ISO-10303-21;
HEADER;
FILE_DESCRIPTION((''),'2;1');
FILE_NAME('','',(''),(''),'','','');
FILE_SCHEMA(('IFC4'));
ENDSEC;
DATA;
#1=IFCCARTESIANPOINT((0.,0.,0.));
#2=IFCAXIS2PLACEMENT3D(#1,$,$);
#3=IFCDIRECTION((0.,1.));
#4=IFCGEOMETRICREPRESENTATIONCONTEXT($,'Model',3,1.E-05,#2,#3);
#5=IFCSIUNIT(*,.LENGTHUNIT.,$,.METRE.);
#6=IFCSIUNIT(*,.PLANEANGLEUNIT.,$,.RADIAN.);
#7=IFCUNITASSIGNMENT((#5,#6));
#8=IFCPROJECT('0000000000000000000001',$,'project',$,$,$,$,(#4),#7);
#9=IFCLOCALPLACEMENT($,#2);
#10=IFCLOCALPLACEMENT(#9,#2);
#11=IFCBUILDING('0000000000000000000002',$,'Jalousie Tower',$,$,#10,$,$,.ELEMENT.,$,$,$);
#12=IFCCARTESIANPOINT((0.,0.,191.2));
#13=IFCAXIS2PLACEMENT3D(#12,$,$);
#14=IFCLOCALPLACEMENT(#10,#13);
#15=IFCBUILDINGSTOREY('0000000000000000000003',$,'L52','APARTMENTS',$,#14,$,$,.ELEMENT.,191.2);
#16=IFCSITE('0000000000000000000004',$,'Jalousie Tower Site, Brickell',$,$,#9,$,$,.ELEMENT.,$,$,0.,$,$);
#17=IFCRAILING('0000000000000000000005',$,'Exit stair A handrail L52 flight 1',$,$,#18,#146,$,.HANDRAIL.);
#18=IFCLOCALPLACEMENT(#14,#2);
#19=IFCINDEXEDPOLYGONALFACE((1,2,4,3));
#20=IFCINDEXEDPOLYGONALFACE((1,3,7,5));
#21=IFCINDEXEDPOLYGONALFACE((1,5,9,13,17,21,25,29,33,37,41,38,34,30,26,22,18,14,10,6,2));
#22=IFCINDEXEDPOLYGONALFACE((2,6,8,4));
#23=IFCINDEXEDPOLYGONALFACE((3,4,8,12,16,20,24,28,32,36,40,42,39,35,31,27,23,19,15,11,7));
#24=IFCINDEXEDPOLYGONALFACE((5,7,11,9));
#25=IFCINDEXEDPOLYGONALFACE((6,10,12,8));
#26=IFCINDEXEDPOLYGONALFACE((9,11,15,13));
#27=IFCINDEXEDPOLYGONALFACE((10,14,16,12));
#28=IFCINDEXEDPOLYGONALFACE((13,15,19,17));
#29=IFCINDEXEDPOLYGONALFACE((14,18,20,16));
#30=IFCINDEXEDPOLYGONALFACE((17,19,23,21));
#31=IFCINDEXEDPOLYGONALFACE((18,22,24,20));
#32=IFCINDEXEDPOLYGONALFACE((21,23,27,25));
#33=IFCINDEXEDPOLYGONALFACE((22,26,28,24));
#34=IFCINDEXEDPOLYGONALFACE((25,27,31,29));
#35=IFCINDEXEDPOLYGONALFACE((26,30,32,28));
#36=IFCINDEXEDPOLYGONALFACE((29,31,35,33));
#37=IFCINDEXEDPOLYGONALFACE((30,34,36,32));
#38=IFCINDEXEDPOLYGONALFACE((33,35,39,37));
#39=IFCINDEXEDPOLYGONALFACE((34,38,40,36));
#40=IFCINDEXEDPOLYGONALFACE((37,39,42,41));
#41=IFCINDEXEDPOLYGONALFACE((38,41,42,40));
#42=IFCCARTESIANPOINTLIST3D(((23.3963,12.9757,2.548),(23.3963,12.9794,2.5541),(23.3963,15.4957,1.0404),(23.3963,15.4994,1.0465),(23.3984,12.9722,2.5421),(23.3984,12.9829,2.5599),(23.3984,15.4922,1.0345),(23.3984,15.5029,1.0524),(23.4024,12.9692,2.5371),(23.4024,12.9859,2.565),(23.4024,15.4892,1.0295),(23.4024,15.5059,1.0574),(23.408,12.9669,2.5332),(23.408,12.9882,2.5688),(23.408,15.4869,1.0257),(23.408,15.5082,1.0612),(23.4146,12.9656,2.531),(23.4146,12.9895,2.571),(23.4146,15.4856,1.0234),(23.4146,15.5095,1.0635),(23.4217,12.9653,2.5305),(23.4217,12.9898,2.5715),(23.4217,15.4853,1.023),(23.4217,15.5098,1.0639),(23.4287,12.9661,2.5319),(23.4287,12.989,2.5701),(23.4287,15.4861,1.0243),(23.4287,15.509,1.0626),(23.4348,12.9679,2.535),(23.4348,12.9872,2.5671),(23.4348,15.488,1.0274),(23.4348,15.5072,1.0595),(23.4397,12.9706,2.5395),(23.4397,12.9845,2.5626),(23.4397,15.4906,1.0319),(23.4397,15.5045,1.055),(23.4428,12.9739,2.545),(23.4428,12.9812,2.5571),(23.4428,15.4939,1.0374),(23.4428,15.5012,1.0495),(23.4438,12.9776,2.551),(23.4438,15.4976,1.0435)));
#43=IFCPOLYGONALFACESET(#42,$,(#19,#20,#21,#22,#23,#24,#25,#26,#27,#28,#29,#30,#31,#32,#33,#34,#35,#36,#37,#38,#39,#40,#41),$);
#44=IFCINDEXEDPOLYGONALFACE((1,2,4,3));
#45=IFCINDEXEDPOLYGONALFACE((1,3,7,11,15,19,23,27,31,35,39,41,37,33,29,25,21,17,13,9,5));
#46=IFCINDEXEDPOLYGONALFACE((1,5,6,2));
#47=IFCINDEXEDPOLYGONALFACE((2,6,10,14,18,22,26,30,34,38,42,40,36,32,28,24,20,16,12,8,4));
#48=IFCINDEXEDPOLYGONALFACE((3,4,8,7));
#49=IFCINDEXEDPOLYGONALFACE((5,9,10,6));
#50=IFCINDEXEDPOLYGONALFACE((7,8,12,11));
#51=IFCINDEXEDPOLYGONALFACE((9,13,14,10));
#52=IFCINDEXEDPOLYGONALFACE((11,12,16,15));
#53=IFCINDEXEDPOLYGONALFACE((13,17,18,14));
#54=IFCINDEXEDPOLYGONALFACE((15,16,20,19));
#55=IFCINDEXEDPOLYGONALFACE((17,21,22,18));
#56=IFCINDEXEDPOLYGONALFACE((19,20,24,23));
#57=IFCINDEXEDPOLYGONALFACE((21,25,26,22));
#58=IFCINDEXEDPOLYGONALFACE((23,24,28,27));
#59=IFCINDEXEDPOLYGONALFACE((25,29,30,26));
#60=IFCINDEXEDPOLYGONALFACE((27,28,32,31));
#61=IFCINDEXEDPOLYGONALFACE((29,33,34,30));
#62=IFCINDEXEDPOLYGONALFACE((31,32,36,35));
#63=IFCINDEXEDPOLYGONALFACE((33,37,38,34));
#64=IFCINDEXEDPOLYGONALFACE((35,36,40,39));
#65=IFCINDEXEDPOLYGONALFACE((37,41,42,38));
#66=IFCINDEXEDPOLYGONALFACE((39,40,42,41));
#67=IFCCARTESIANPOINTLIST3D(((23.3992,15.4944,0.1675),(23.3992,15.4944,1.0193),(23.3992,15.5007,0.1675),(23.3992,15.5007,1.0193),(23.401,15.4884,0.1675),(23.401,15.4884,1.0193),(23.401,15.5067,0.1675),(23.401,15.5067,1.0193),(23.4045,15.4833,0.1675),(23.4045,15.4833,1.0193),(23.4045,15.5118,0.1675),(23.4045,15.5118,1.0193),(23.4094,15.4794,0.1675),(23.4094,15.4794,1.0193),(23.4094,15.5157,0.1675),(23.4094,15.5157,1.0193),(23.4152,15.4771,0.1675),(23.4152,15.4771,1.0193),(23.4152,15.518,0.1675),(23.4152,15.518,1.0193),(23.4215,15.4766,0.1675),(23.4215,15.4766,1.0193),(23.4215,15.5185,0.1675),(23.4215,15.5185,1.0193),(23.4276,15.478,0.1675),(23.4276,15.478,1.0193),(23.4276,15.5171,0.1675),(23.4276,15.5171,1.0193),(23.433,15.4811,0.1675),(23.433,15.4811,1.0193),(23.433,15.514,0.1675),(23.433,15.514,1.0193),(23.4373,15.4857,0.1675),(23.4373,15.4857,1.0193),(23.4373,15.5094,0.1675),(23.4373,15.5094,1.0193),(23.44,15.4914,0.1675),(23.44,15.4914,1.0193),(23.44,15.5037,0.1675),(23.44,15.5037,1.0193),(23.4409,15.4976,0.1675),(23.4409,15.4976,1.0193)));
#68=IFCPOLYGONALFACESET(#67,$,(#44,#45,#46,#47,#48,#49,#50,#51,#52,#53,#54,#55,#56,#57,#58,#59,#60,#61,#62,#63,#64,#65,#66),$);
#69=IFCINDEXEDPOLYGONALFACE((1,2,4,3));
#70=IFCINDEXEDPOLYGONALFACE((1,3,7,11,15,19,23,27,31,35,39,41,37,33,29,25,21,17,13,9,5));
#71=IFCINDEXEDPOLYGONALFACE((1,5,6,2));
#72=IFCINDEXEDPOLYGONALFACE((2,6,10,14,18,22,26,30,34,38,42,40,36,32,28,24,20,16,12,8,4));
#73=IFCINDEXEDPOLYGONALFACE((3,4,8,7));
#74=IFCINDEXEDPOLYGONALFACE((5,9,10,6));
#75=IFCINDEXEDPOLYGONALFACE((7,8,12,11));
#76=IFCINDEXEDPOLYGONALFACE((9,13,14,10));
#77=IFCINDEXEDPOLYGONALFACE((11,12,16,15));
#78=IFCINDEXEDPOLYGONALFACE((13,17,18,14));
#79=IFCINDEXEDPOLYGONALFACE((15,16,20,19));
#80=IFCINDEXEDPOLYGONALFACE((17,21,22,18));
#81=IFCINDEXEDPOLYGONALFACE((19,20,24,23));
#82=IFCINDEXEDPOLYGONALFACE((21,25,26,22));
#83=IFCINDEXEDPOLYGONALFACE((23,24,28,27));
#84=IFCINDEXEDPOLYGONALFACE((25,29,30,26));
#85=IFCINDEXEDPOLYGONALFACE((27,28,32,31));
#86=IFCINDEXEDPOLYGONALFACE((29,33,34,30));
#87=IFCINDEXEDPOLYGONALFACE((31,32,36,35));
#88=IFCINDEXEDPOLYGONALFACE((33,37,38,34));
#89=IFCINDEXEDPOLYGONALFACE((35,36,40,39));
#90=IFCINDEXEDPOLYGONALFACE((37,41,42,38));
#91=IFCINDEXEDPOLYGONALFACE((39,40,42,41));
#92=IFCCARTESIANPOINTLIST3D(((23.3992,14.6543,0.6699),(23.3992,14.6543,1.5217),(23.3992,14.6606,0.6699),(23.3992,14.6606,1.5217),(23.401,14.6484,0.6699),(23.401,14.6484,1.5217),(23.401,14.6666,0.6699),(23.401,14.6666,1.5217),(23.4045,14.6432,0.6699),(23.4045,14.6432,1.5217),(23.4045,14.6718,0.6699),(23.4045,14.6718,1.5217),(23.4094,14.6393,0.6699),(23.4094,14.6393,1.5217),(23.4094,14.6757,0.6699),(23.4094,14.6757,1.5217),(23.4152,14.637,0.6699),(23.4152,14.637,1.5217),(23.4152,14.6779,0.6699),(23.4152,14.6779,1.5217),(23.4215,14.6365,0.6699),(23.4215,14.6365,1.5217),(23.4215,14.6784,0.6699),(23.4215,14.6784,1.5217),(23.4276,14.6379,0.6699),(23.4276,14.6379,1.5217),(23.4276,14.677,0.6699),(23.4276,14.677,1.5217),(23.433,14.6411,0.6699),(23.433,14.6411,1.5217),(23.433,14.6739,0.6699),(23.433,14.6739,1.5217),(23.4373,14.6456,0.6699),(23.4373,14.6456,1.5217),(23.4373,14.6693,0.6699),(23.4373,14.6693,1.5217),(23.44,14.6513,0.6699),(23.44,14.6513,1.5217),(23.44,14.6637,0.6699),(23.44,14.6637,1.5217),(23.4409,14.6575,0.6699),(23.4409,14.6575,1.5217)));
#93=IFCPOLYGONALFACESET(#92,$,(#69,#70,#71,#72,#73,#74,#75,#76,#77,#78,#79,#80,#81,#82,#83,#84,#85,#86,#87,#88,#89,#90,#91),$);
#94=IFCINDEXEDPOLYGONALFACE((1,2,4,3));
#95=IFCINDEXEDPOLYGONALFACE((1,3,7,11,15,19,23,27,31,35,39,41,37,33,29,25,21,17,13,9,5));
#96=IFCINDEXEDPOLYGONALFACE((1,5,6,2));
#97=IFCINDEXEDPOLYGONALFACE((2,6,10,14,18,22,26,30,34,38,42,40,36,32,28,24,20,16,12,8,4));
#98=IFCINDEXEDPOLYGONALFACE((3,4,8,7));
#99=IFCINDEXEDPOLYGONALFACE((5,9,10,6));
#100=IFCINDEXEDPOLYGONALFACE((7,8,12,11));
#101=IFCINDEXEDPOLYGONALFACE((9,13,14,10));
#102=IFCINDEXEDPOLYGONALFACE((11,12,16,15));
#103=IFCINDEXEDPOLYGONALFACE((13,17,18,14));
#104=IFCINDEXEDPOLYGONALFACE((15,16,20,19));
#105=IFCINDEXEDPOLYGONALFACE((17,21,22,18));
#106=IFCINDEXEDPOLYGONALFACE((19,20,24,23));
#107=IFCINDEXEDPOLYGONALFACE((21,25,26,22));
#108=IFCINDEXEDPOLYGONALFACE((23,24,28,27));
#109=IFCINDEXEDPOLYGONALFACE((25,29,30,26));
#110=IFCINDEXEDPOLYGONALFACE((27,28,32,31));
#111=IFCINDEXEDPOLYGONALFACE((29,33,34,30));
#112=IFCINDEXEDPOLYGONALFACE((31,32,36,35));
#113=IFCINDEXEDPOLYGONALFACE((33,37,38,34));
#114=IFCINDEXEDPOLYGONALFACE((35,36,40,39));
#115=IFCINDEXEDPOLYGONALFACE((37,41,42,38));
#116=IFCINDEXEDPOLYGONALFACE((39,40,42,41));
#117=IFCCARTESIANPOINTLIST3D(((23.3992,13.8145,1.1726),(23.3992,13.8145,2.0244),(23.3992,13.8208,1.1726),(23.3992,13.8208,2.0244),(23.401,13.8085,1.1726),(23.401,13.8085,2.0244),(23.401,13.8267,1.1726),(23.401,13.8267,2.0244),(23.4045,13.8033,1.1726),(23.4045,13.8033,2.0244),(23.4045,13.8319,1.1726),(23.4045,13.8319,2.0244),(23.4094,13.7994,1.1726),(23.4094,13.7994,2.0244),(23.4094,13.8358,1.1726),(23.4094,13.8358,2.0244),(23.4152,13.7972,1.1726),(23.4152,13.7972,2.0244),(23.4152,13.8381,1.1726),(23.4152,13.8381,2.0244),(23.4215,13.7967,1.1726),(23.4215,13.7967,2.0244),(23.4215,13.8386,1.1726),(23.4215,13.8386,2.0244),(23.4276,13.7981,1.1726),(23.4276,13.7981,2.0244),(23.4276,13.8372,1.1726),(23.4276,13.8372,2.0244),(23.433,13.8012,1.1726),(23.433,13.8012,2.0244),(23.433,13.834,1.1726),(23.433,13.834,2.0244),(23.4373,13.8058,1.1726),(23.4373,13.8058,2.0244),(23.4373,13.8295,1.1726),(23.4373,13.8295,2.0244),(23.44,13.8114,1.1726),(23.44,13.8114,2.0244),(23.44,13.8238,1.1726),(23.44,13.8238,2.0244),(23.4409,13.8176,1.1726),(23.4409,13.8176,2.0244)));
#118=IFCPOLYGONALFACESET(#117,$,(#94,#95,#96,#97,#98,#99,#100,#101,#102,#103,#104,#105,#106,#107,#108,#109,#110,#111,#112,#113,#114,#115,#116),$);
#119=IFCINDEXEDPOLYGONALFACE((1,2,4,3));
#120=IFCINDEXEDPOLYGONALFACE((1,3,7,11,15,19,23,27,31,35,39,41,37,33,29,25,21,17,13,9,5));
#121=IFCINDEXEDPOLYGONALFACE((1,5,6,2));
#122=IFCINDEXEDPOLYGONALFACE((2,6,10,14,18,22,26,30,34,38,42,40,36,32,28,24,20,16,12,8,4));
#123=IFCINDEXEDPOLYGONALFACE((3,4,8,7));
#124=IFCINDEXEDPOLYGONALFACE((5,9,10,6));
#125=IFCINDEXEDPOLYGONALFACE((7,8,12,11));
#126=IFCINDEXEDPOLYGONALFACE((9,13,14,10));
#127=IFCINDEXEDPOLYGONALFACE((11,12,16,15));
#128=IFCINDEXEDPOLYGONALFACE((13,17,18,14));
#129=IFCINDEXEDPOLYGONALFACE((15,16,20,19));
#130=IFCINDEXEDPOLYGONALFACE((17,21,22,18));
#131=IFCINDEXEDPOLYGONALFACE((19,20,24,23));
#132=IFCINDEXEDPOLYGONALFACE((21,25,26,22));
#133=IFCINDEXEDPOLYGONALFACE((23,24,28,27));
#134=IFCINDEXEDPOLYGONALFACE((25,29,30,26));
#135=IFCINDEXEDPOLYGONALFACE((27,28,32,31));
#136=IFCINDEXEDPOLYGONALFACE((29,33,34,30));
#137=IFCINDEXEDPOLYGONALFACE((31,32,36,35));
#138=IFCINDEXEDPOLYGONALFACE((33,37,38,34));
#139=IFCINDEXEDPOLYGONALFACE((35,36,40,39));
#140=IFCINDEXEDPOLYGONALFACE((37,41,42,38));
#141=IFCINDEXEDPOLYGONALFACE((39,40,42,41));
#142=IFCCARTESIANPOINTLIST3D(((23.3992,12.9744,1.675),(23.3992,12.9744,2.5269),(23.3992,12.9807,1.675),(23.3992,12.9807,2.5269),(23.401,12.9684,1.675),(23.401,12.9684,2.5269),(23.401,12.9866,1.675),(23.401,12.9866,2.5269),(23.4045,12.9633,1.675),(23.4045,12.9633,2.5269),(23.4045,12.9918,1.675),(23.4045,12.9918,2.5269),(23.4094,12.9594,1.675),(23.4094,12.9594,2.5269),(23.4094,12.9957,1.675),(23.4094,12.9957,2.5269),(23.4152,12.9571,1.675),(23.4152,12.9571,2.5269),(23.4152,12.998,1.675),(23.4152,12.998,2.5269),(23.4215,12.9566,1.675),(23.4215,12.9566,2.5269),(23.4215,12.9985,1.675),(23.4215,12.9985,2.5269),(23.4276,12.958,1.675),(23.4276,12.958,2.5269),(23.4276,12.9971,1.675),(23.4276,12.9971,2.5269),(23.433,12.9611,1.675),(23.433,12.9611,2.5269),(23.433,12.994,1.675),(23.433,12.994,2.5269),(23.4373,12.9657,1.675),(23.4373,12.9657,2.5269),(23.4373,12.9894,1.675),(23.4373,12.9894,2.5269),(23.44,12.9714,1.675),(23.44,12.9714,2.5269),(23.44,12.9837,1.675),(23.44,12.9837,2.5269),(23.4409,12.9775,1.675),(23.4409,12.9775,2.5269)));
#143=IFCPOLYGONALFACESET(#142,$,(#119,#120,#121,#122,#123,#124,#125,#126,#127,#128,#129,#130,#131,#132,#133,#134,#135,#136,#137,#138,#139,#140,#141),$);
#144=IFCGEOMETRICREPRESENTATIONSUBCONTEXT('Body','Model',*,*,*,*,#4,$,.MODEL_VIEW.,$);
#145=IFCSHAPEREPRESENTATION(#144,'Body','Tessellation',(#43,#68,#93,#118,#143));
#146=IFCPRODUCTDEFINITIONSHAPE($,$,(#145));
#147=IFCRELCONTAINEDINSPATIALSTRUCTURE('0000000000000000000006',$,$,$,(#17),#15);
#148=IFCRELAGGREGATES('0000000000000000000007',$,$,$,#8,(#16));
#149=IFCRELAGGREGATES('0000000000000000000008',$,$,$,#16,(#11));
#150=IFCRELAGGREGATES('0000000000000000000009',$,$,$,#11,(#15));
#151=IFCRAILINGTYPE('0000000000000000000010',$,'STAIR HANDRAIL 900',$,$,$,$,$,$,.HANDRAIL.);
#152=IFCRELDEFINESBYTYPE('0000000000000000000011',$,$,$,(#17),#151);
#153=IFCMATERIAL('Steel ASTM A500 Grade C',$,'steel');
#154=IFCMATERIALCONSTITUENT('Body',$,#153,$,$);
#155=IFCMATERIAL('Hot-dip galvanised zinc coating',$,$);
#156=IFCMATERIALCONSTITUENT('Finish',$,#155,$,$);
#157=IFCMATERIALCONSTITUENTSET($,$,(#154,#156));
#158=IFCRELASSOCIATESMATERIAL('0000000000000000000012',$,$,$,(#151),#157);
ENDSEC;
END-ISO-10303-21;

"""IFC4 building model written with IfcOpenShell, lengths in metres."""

from ifc_helpers import new_model, si_unit, direction, frame, origin, origin_2d, place, context, subcontext, project, spatial, circle, extrude, material, constituent, constituent_set, type_object, element, save


model = new_model("IFC4")

# Units and contexts
model_context = context("Model", 3, precision=1e-05, world=origin(), true_north=direction((0.0, 1.0)))
body_context = subcontext(model_context, "Body", "Model", "MODEL_VIEW")
ifc_project = project(units=[si_unit("LENGTHUNIT", "METRE"), si_unit("PLANEANGLEUNIT", "RADIAN")], contexts=[model_context])

# Site, building, storey
site_placement = place(None, origin())
site = spatial("IfcSite", under=ifc_project, at=site_placement, Name="Jalousie Tower Site, Brickell", CompositionType="ELEMENT", RefElevation=0.0)
building_placement = place(site_placement, origin())
building = spatial("IfcBuilding", under=site, at=building_placement, Name="Jalousie Tower", CompositionType="ELEMENT")
storey_placement = place(building_placement, frame((0.0, 0.0, 191.2)))
storey = spatial("IfcBuildingStorey", under=building, at=storey_placement, Name="L52", Description="APARTMENTS", CompositionType="ELEMENT", Elevation=191.2)

# Railing
ifc_material_1 = material(Name="Steel ASTM A500 Grade C", Category="steel")
ifc_constituent_1 = constituent(ifc_material_1, Name="Body")
ifc_material_2 = material(Name="Hot-dip galvanised zinc coating")
ifc_constituent_2 = constituent(ifc_material_2, Name="Finish")
ifc_constituent_set_1 = constituent_set(constituents=[ifc_constituent_1, ifc_constituent_2])
railing_type_1 = type_object("IfcRailingType", Name="STAIR HANDRAIL 900", PredefinedType="HANDRAIL", material=ifc_constituent_set_1)
railing_1_placement = place(storey_placement, frame((23.4199, 15.4976, 0.1675)))
element("IfcRailing", 1, at=railing_1_placement, inside=storey, type_object=railing_type_1, Name="Exit stair A handrail L52 flight 1", PredefinedType="HANDRAIL", context=body_context, shape_type="SweptSolid", body=[
    extrude(circle(Radius=0.0239, at=origin_2d()), frame((0.0, 0.0, 0.876), z_axis=(0.0, -0.85816, 0.513383), x_axis=(1.0, 0.0, 0.0)), (0.0, 0.0, 1.0), 2.9365),
    extrude(circle(Radius=0.021, at=origin_2d()), origin(), (0.0, 0.0, 1.0), 0.8518),
    extrude(circle(Radius=0.021, at=origin_2d()), frame((0.0, -0.8401, 0.5024)), (0.0, 0.0, 1.0), 0.8518),
    extrude(circle(Radius=0.021, at=origin_2d()), frame((0.0, -1.6799, 1.0051)), (0.0, 0.0, 1.0), 0.8518),
    extrude(circle(Radius=0.021, at=origin_2d()), frame((0.0, -2.52, 1.5076)), (0.0, 0.0, 1.0), 0.8518),
])

save(model, "model.ifc")
